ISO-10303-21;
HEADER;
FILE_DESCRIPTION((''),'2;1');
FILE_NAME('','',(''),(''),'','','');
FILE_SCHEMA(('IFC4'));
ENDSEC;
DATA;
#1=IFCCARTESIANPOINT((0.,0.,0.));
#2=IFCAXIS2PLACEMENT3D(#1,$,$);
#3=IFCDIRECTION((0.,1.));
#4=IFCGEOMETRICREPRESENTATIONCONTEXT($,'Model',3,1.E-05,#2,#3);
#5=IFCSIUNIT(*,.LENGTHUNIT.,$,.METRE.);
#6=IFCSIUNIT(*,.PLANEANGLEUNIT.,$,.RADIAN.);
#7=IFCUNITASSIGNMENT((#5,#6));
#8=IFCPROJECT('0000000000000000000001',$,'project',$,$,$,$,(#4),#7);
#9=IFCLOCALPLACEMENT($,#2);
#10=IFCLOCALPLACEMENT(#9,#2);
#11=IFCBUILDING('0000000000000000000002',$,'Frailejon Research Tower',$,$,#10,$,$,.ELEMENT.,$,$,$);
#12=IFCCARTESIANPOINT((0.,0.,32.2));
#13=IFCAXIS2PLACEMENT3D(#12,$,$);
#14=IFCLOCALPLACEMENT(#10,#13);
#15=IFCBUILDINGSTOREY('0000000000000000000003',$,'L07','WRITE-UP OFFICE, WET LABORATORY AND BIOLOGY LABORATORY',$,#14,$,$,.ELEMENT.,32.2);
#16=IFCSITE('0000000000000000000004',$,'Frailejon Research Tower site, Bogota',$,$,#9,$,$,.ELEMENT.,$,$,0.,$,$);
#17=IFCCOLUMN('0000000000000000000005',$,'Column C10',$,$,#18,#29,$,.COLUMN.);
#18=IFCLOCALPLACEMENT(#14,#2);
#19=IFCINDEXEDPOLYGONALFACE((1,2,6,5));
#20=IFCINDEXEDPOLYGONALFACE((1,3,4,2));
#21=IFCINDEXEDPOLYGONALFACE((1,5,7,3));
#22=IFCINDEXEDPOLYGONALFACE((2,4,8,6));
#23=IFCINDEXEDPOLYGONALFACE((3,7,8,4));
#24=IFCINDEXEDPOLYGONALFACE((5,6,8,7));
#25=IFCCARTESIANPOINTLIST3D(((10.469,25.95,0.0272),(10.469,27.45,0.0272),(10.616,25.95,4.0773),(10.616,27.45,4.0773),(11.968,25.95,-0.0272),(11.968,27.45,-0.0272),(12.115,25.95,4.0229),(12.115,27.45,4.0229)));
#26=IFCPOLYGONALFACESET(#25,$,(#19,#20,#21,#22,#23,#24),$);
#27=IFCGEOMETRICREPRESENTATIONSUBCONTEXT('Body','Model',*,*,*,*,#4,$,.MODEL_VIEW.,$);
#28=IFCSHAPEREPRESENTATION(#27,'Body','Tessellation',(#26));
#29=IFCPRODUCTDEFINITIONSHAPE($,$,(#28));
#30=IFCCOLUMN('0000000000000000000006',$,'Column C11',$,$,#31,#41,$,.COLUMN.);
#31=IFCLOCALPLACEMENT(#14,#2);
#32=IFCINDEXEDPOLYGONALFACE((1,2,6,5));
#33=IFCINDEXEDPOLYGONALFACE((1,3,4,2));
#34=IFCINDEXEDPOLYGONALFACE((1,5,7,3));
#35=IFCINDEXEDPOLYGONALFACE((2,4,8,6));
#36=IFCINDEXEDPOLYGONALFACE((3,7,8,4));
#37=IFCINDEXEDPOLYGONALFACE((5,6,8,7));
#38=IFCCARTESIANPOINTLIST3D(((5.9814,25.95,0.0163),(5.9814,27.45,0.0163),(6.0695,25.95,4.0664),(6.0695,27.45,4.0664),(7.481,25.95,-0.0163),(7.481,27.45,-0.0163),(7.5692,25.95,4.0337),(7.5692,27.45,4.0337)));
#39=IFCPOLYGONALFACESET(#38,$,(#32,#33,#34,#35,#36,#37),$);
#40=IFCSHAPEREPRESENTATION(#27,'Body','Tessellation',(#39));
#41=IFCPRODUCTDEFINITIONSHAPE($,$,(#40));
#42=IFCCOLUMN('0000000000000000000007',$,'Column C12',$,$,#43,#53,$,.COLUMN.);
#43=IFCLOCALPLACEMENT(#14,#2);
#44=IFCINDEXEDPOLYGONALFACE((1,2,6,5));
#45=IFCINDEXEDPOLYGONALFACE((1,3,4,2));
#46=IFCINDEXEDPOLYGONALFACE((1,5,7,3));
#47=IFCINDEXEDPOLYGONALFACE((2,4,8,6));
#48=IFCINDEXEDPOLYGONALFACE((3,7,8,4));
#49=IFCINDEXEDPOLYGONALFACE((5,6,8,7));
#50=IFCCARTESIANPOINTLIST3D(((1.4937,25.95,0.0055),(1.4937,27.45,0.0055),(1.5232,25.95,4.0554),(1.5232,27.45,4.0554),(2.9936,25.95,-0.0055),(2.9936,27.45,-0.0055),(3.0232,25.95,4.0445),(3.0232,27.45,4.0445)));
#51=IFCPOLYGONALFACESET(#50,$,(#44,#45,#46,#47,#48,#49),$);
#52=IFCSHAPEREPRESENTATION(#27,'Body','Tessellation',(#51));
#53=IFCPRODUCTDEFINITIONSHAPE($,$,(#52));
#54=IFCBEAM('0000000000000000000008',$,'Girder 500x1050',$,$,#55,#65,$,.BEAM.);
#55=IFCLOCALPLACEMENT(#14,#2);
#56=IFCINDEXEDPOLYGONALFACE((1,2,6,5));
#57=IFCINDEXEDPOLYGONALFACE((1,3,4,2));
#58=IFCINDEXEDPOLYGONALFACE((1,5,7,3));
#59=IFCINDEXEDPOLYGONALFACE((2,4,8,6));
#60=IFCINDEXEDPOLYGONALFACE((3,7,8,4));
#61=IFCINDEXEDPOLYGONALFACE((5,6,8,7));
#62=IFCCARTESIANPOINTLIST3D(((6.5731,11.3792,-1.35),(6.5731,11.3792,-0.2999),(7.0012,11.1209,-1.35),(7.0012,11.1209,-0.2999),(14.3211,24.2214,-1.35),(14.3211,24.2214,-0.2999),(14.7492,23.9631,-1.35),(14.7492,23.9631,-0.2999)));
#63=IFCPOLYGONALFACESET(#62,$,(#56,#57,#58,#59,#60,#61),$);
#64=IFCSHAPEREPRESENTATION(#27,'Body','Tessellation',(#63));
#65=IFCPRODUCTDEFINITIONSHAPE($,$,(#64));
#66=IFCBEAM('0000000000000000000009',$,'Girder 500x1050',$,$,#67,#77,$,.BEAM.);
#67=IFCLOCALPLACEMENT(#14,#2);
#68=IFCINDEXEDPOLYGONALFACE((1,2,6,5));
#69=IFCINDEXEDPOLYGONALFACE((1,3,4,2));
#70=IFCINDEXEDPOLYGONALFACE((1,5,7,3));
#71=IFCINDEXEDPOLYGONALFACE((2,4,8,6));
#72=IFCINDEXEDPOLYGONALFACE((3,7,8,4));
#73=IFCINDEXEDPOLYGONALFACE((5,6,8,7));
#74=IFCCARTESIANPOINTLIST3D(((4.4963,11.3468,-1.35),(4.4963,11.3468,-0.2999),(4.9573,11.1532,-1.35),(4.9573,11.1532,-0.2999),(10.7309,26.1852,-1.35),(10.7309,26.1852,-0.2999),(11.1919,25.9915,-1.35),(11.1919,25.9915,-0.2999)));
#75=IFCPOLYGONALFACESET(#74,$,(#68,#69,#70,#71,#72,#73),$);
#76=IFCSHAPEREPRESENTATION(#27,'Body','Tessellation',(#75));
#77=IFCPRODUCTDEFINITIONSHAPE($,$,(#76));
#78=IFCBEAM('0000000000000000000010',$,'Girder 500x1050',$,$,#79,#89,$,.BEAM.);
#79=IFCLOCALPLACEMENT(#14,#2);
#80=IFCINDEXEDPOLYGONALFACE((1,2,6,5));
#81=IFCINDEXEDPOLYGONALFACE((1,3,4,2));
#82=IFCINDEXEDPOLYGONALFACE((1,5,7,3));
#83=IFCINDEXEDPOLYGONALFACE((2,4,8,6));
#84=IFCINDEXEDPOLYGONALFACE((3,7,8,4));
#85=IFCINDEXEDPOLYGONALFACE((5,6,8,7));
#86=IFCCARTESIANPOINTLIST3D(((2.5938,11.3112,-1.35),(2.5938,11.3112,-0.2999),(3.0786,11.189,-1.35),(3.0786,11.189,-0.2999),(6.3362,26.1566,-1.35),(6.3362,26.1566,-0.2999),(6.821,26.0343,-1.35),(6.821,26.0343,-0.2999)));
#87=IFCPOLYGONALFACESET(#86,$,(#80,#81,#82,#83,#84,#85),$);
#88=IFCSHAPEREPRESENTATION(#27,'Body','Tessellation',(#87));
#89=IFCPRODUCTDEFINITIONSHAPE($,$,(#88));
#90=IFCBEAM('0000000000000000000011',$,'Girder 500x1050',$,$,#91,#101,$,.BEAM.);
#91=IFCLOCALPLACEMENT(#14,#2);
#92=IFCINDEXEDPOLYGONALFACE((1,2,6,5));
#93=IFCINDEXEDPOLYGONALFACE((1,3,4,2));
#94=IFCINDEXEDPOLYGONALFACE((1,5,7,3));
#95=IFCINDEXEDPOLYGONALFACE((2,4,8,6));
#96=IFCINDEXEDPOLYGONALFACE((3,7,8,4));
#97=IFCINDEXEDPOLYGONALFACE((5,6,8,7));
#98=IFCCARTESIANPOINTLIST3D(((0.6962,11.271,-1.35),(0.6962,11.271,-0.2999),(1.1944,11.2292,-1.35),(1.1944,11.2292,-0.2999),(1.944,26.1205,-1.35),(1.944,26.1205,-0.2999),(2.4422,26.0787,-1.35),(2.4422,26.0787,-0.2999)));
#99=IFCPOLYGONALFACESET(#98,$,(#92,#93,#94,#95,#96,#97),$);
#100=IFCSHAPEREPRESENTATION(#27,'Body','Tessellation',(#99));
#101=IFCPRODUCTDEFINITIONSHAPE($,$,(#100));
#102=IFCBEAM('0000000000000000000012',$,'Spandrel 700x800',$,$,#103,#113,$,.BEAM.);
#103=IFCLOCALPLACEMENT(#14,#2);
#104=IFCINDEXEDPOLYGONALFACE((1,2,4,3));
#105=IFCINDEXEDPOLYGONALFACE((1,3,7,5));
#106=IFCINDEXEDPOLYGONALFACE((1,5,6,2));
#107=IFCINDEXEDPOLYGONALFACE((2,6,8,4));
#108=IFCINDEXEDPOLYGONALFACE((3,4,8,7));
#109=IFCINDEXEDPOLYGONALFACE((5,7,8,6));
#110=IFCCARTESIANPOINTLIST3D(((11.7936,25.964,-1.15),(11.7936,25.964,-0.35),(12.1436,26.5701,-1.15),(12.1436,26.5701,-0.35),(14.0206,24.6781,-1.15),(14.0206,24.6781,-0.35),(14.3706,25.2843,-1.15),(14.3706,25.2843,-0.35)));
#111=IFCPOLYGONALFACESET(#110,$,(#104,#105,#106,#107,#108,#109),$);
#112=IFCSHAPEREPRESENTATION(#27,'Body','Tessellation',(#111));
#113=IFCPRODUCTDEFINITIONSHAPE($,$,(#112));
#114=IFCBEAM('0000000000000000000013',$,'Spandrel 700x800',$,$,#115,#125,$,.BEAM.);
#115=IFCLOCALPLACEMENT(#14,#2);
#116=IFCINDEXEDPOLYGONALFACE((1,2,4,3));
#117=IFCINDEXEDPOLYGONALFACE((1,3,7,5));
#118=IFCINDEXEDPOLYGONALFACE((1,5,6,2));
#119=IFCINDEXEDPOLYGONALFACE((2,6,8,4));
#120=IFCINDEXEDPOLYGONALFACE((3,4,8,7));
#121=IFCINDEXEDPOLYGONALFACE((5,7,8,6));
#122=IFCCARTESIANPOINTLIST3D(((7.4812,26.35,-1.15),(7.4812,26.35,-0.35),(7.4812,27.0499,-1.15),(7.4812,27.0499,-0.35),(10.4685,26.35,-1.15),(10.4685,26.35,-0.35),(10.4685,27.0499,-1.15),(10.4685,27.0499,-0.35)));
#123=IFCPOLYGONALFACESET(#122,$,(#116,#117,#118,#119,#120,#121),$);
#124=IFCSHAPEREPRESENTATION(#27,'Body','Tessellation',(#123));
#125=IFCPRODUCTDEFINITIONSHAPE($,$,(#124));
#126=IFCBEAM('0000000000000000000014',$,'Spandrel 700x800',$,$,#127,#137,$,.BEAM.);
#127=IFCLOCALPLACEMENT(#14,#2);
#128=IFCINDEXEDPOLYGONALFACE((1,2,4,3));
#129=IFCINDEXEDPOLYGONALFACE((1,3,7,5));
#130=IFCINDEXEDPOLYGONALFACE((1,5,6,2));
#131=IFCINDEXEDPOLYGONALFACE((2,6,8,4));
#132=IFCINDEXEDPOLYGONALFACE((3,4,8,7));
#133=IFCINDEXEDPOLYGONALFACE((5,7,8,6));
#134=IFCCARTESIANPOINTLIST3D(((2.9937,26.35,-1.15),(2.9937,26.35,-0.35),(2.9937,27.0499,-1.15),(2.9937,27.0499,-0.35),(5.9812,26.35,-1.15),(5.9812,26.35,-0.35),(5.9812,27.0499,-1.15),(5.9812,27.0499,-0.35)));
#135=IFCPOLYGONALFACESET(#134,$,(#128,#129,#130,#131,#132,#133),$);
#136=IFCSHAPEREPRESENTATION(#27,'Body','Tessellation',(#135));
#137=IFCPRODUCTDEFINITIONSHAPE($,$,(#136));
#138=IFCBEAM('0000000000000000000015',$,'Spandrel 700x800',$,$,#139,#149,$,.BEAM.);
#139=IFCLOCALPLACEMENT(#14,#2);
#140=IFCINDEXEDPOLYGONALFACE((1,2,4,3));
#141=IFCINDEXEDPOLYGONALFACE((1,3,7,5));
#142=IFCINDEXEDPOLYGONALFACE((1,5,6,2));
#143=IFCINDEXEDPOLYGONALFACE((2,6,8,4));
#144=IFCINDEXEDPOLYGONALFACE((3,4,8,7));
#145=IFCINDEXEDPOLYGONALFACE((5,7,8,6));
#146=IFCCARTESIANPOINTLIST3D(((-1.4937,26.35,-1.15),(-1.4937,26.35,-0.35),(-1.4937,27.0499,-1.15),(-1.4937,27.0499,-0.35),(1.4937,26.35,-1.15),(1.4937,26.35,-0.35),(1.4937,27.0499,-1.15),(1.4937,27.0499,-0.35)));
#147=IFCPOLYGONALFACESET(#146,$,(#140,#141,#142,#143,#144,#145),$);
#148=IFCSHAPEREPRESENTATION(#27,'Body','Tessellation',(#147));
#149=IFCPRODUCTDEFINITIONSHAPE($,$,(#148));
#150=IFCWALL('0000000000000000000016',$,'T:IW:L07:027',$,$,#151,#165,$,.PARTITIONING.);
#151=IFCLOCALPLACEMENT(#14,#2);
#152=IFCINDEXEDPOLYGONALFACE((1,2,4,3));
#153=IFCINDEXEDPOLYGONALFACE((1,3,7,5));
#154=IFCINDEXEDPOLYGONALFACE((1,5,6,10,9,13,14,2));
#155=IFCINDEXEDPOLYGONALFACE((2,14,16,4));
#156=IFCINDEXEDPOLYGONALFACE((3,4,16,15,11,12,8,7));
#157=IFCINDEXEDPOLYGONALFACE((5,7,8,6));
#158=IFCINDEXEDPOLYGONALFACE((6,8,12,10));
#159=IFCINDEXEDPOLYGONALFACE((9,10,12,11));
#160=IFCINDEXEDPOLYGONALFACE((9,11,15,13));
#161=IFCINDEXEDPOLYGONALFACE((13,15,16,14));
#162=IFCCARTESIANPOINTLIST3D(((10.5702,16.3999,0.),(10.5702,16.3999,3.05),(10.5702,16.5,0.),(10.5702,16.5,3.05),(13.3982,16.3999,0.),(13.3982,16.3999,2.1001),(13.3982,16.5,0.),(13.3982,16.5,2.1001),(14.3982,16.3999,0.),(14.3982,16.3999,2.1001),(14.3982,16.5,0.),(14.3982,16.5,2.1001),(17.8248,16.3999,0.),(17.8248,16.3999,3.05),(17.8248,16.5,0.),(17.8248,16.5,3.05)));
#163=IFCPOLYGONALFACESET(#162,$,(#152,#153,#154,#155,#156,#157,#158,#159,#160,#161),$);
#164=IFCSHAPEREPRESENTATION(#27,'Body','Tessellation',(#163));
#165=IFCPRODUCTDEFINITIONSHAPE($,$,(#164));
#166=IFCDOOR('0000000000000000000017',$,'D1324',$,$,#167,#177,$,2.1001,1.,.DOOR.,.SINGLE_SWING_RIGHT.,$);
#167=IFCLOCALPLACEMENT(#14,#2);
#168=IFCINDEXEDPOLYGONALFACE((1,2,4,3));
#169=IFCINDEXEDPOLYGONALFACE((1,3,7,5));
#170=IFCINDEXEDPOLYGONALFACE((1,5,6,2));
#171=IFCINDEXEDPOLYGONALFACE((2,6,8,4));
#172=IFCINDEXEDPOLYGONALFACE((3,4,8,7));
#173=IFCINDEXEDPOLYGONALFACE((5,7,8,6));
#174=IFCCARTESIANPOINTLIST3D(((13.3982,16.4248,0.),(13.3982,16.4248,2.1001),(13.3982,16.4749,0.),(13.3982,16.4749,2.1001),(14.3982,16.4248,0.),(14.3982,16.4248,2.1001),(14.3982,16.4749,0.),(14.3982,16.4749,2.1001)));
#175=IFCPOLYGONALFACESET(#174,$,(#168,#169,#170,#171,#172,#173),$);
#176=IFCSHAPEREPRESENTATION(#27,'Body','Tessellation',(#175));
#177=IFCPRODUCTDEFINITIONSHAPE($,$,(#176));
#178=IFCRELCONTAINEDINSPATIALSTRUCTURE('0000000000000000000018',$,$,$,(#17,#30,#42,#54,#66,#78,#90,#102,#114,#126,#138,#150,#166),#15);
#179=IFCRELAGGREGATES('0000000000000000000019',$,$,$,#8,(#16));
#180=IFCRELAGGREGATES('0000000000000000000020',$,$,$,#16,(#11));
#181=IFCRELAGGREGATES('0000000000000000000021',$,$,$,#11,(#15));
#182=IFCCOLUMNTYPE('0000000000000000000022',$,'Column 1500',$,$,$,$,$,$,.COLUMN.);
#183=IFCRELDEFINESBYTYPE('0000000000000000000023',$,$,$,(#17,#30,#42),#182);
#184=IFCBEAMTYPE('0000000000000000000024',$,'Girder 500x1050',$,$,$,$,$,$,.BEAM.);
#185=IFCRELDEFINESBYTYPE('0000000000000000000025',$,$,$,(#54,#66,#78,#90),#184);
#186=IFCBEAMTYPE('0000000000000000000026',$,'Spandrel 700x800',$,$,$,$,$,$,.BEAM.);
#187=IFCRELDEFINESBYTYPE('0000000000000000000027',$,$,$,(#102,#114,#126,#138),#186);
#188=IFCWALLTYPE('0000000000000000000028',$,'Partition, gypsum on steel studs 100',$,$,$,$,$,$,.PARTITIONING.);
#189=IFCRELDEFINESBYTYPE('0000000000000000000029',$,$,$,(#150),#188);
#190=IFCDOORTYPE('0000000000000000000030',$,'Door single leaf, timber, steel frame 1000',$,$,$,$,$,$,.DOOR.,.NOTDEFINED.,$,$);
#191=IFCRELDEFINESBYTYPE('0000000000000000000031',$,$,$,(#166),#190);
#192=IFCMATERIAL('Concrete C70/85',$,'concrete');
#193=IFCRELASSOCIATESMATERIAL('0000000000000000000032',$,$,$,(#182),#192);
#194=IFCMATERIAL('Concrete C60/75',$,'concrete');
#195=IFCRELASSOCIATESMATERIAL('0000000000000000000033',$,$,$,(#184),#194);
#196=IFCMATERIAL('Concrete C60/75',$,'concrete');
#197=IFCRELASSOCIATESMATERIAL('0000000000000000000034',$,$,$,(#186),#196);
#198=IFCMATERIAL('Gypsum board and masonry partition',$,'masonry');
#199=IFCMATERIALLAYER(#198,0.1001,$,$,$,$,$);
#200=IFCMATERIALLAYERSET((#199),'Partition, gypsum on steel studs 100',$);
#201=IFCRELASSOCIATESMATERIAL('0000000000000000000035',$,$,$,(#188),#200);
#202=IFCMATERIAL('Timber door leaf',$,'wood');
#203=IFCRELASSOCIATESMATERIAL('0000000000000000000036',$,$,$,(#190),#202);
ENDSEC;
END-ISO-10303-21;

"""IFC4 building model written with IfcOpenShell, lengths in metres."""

from ifc_helpers import new_model, si_unit, direction, frame, frame_2d, origin, origin_2d, place, context, subcontext, project, spatial, rectangle, extrude, material, layer, layer_set, material_profile, profile_set, type_object, element, fill, save


model = new_model("IFC4")

# Units and contexts
model_context = context("Model", 3, precision=1e-05, world=origin(), true_north=direction((0.0, 1.0)))
body_context = subcontext(model_context, "Body", "Model", "MODEL_VIEW")
ifc_project = project(units=[si_unit("LENGTHUNIT", "METRE"), si_unit("PLANEANGLEUNIT", "RADIAN")], contexts=[model_context])

# Site, building, storey
site_placement = place(None, origin())
site = spatial("IfcSite", under=ifc_project, at=site_placement, Name="Frailejon Research Tower site, Bogota", CompositionType="ELEMENT", RefElevation=0.0)
building_placement = place(site_placement, origin())
building = spatial("IfcBuilding", under=site, at=building_placement, Name="Frailejon Research Tower", CompositionType="ELEMENT")
storey_placement = place(building_placement, frame((0.0, 0.0, 32.2)))
storey = spatial("IfcBuildingStorey", under=building, at=storey_placement, Name="L07", Description="WRITE-UP OFFICE, WET LABORATORY AND BIOLOGY LABORATORY", CompositionType="ELEMENT", Elevation=32.2)

# Columns
ifc_material_1 = material(Name="Concrete C70/85", Category="concrete")
ifc_material_profile_1 = material_profile(ifc_material_1, rectangle(XDim=1.5, YDim=1.5, at=origin_2d()), Name="Column 1500")
ifc_profile_set_1 = profile_set([ifc_material_profile_1], Name="Concrete C70/85")
column_type = type_object("IfcColumnType", Name="Column 1500", PredefinedType="COLUMN", material=ifc_profile_set_1)
column_1_placement = place(storey_placement, frame((11.2185, 26.7, 0.0), z_axis=(0.036265, 0.0, 0.999342), x_axis=(-0.999342, 0.0, 0.036265)))
element("IfcColumn", 1, at=column_1_placement, inside=storey, type_object=column_type, Name="Column C10", PredefinedType="COLUMN", context=body_context, shape_type="SweptSolid", body=[
    extrude(rectangle(XDim=1.5, YDim=1.5, at=origin_2d()), origin(), (0.0, 0.0, 1.0), 4.0527),
])
column_2_placement = place(storey_placement, frame((6.7312, 26.7, 0.0), z_axis=(0.021756, 0.0, 0.999763), x_axis=(-0.999763, 0.0, 0.021756)))
element("IfcColumn", 2, at=column_2_placement, inside=storey, type_object=column_type, Name="Column C11", PredefinedType="COLUMN", context=body_context, shape_type="SweptSolid", body=[
    extrude(rectangle(XDim=1.5, YDim=1.5, at=origin_2d()), origin(), (0.0, 0.0, 1.0), 4.051),
])
column_3_placement = place(storey_placement, frame((2.2437, 26.7, 0.0), z_axis=(0.007294, 0.0, 0.999973), x_axis=(-0.999973, 0.0, 0.007294)))
element("IfcColumn", 3, at=column_3_placement, inside=storey, type_object=column_type, Name="Column C12", PredefinedType="COLUMN", context=body_context, shape_type="SweptSolid", body=[
    extrude(rectangle(XDim=1.5, YDim=1.5, at=origin_2d()), origin(), (0.0, 0.0, 1.0), 4.05),
])

# Beams
ifc_material_2 = material(Name="Concrete C60/75", Category="concrete")
ifc_material_profile_2 = material_profile(ifc_material_2, rectangle(XDim=0.5, YDim=1.05, at=origin_2d()), Name="Girder 500x1050")
ifc_profile_set_2 = profile_set([ifc_material_profile_2], Name="Concrete C60/75")
beam_type_1 = type_object("IfcBeamType", Name="Girder 500x1050", PredefinedType="BEAM", material=ifc_profile_set_2)
beam_1_placement = place(storey_placement, frame((14.5352, 24.0923, -0.825), z_axis=(-0.516586, -0.856235, 0.0), x_axis=(0.856235, -0.516586, 0.0)))
element("IfcBeam", 4, at=beam_1_placement, inside=storey, type_object=beam_type_1, Name="Girder 500x1050", PredefinedType="BEAM", context=body_context, shape_type="SweptSolid", body=[
    extrude(rectangle(XDim=0.5, YDim=1.05, at=origin_2d()), origin(), (0.0, 0.0, 1.0), 14.9985),
])
beam_2_placement = place(storey_placement, frame((10.9614, 26.0884, -0.825), z_axis=(-0.387365, -0.921927, 0.0), x_axis=(0.921927, -0.387365, 0.0)))
element("IfcBeam", 5, at=beam_2_placement, inside=storey, type_object=beam_type_1, Name="Girder 500x1050", PredefinedType="BEAM", context=body_context, shape_type="SweptSolid", body=[
    extrude(rectangle(XDim=0.5, YDim=1.05, at=origin_2d()), origin(), (0.0, 0.0, 1.0), 16.095),
])
beam_3_placement = place(storey_placement, frame((6.5786, 26.0955, -0.825), z_axis=(-0.244445, -0.969663, 0.0), x_axis=(0.969663, -0.244445, 0.0)))
element("IfcBeam", 6, at=beam_3_placement, inside=storey, type_object=beam_type_1, Name="Girder 500x1050", PredefinedType="BEAM", context=body_context, shape_type="SweptSolid", body=[
    extrude(rectangle(XDim=0.5, YDim=1.05, at=origin_2d()), origin(), (0.0, 0.0, 1.0), 15.3098),
])
beam_4_placement = place(storey_placement, frame((2.1931, 26.0996, -0.825), z_axis=(-0.083734, -0.996488, 0.0), x_axis=(0.996488, -0.083734, 0.0)))
element("IfcBeam", 7, at=beam_4_placement, inside=storey, type_object=beam_type_1, Name="Girder 500x1050", PredefinedType="BEAM", context=body_context, shape_type="SweptSolid", body=[
    extrude(rectangle(XDim=0.5, YDim=1.05, at=origin_2d()), origin(), (0.0, 0.0, 1.0), 14.9019),
])
ifc_material_3 = material(Name="Concrete C60/75", Category="concrete")
ifc_material_profile_3 = material_profile(ifc_material_3, rectangle(XDim=0.7, YDim=0.8, at=origin_2d()), Name="Spandrel 700x800")
ifc_profile_set_3 = profile_set([ifc_material_profile_3], Name="Concrete C60/75")
beam_type_2 = type_object("IfcBeamType", Name="Spandrel 700x800", PredefinedType="BEAM", material=ifc_profile_set_3)
beam_5_placement = place(storey_placement, frame((14.1956, 24.9812, -0.75), z_axis=(-0.866009, 0.500029, 0.0), x_axis=(-0.500029, -0.866009, 0.0)))
element("IfcBeam", 8, at=beam_5_placement, inside=storey, type_object=beam_type_2, Name="Spandrel 700x800", PredefinedType="BEAM", context=body_context, shape_type="SweptSolid", body=[
    extrude(rectangle(XDim=0.7, YDim=0.8, at=origin_2d()), origin(), (0.0, 0.0, 1.0), 2.5715),
])
beam_6_placement = place(storey_placement, frame((10.4685, 26.7, -0.75), z_axis=(-1.0, 0.0, 0.0), x_axis=(0.0, -1.0, 0.0)))
element("IfcBeam", 9, at=beam_6_placement, inside=storey, type_object=beam_type_2, Name="Spandrel 700x800", PredefinedType="BEAM", context=body_context, shape_type="SweptSolid", body=[
    extrude(rectangle(XDim=0.7, YDim=0.8, at=origin_2d()), origin(), (0.0, 0.0, 1.0), 2.9873),
])
beam_7_placement = place(storey_placement, frame((5.9812, 26.7, -0.75), z_axis=(-1.0, 0.0, 0.0), x_axis=(0.0, -1.0, 0.0)))
element("IfcBeam", 10, at=beam_7_placement, inside=storey, type_object=beam_type_2, Name="Spandrel 700x800", PredefinedType="BEAM", context=body_context, shape_type="SweptSolid", body=[
    extrude(rectangle(XDim=0.7, YDim=0.8, at=origin_2d()), origin(), (0.0, 0.0, 1.0), 2.9875),
])
beam_8_placement = place(storey_placement, frame((1.4937, 26.7, -0.75), z_axis=(-1.0, 0.0, 0.0), x_axis=(0.0, -1.0, 0.0)))
element("IfcBeam", 11, at=beam_8_placement, inside=storey, type_object=beam_type_2, Name="Spandrel 700x800", PredefinedType="BEAM", context=body_context, shape_type="SweptSolid", body=[
    extrude(rectangle(XDim=0.7, YDim=0.8, at=origin_2d()), origin(), (0.0, 0.0, 1.0), 2.9873),
])

# Wall, opening, door
ifc_material_4 = material(Name="Gypsum board and masonry partition", Category="masonry")
ifc_layer_1 = layer(ifc_material_4, 0.1001)
ifc_layer_set_1 = layer_set([ifc_layer_1], Name="Partition, gypsum on steel studs 100")
wall_type_1 = type_object("IfcWallType", Name="Partition, gypsum on steel studs 100", PredefinedType="PARTITIONING", material=ifc_layer_set_1)
wall_1_placement = place(storey_placement, frame((10.5701, 16.45, 0.0), z_axis=(0.0, 0.0, 1.0), x_axis=(1.0, 0.0, 0.0)))
wall_1 = element("IfcWall", 12, at=wall_1_placement, inside=storey, type_object=wall_type_1, Name="T:IW:L07:027", PredefinedType="PARTITIONING", context=body_context, shape_type="SweptSolid", body=[
    extrude(rectangle(XDim=7.2546, YDim=0.1001, at=frame_2d((3.6274, 0.0))), origin(), (0.0, 0.0, 1.0), 3.05),
])
opening_1_placement = place(wall_1_placement, frame((2.8281, 0.0, 0.0)))
opening_1 = element("IfcOpeningElement", 13, at=opening_1_placement, cuts=wall_1, PredefinedType="OPENING", context=body_context, shape_type="SweptSolid", body=[
    extrude(rectangle(XDim=1.0, YDim=2.1001, at=frame_2d((0.5, 1.05))), frame((0.0, 0.0601, 0.0), z_axis=(0.0, -1.0, 0.0), x_axis=(1.0, 0.0, 0.0)), (0.0, 0.0, 1.0), 0.1201),
])
ifc_material_5 = material(Name="Timber door leaf", Category="wood")
door_type_1 = type_object("IfcDoorType", Name="Door single leaf, timber, steel frame 1000", OperationType="NOTDEFINED", PredefinedType="DOOR", material=ifc_material_5)
door_1_placement = place(opening_1_placement, origin())
door_1 = element("IfcDoor", 14, at=door_1_placement, inside=storey, type_object=door_type_1, Name="D1324", OperationType="SINGLE_SWING_RIGHT", OverallHeight=2.1001, OverallWidth=1.0, PredefinedType="DOOR", context=body_context, shape_type="SweptSolid", body=[
    extrude(rectangle(XDim=1.0, YDim=2.1001, at=frame_2d((0.5, 1.05))), frame((0.0, 0.0249, 0.0), z_axis=(0.0, -1.0, 0.0), x_axis=(1.0, 0.0, 0.0)), (0.0, 0.0, 1.0), 0.05),
])
fill(opening_1, door_1)

save(model, "model.ifc")
